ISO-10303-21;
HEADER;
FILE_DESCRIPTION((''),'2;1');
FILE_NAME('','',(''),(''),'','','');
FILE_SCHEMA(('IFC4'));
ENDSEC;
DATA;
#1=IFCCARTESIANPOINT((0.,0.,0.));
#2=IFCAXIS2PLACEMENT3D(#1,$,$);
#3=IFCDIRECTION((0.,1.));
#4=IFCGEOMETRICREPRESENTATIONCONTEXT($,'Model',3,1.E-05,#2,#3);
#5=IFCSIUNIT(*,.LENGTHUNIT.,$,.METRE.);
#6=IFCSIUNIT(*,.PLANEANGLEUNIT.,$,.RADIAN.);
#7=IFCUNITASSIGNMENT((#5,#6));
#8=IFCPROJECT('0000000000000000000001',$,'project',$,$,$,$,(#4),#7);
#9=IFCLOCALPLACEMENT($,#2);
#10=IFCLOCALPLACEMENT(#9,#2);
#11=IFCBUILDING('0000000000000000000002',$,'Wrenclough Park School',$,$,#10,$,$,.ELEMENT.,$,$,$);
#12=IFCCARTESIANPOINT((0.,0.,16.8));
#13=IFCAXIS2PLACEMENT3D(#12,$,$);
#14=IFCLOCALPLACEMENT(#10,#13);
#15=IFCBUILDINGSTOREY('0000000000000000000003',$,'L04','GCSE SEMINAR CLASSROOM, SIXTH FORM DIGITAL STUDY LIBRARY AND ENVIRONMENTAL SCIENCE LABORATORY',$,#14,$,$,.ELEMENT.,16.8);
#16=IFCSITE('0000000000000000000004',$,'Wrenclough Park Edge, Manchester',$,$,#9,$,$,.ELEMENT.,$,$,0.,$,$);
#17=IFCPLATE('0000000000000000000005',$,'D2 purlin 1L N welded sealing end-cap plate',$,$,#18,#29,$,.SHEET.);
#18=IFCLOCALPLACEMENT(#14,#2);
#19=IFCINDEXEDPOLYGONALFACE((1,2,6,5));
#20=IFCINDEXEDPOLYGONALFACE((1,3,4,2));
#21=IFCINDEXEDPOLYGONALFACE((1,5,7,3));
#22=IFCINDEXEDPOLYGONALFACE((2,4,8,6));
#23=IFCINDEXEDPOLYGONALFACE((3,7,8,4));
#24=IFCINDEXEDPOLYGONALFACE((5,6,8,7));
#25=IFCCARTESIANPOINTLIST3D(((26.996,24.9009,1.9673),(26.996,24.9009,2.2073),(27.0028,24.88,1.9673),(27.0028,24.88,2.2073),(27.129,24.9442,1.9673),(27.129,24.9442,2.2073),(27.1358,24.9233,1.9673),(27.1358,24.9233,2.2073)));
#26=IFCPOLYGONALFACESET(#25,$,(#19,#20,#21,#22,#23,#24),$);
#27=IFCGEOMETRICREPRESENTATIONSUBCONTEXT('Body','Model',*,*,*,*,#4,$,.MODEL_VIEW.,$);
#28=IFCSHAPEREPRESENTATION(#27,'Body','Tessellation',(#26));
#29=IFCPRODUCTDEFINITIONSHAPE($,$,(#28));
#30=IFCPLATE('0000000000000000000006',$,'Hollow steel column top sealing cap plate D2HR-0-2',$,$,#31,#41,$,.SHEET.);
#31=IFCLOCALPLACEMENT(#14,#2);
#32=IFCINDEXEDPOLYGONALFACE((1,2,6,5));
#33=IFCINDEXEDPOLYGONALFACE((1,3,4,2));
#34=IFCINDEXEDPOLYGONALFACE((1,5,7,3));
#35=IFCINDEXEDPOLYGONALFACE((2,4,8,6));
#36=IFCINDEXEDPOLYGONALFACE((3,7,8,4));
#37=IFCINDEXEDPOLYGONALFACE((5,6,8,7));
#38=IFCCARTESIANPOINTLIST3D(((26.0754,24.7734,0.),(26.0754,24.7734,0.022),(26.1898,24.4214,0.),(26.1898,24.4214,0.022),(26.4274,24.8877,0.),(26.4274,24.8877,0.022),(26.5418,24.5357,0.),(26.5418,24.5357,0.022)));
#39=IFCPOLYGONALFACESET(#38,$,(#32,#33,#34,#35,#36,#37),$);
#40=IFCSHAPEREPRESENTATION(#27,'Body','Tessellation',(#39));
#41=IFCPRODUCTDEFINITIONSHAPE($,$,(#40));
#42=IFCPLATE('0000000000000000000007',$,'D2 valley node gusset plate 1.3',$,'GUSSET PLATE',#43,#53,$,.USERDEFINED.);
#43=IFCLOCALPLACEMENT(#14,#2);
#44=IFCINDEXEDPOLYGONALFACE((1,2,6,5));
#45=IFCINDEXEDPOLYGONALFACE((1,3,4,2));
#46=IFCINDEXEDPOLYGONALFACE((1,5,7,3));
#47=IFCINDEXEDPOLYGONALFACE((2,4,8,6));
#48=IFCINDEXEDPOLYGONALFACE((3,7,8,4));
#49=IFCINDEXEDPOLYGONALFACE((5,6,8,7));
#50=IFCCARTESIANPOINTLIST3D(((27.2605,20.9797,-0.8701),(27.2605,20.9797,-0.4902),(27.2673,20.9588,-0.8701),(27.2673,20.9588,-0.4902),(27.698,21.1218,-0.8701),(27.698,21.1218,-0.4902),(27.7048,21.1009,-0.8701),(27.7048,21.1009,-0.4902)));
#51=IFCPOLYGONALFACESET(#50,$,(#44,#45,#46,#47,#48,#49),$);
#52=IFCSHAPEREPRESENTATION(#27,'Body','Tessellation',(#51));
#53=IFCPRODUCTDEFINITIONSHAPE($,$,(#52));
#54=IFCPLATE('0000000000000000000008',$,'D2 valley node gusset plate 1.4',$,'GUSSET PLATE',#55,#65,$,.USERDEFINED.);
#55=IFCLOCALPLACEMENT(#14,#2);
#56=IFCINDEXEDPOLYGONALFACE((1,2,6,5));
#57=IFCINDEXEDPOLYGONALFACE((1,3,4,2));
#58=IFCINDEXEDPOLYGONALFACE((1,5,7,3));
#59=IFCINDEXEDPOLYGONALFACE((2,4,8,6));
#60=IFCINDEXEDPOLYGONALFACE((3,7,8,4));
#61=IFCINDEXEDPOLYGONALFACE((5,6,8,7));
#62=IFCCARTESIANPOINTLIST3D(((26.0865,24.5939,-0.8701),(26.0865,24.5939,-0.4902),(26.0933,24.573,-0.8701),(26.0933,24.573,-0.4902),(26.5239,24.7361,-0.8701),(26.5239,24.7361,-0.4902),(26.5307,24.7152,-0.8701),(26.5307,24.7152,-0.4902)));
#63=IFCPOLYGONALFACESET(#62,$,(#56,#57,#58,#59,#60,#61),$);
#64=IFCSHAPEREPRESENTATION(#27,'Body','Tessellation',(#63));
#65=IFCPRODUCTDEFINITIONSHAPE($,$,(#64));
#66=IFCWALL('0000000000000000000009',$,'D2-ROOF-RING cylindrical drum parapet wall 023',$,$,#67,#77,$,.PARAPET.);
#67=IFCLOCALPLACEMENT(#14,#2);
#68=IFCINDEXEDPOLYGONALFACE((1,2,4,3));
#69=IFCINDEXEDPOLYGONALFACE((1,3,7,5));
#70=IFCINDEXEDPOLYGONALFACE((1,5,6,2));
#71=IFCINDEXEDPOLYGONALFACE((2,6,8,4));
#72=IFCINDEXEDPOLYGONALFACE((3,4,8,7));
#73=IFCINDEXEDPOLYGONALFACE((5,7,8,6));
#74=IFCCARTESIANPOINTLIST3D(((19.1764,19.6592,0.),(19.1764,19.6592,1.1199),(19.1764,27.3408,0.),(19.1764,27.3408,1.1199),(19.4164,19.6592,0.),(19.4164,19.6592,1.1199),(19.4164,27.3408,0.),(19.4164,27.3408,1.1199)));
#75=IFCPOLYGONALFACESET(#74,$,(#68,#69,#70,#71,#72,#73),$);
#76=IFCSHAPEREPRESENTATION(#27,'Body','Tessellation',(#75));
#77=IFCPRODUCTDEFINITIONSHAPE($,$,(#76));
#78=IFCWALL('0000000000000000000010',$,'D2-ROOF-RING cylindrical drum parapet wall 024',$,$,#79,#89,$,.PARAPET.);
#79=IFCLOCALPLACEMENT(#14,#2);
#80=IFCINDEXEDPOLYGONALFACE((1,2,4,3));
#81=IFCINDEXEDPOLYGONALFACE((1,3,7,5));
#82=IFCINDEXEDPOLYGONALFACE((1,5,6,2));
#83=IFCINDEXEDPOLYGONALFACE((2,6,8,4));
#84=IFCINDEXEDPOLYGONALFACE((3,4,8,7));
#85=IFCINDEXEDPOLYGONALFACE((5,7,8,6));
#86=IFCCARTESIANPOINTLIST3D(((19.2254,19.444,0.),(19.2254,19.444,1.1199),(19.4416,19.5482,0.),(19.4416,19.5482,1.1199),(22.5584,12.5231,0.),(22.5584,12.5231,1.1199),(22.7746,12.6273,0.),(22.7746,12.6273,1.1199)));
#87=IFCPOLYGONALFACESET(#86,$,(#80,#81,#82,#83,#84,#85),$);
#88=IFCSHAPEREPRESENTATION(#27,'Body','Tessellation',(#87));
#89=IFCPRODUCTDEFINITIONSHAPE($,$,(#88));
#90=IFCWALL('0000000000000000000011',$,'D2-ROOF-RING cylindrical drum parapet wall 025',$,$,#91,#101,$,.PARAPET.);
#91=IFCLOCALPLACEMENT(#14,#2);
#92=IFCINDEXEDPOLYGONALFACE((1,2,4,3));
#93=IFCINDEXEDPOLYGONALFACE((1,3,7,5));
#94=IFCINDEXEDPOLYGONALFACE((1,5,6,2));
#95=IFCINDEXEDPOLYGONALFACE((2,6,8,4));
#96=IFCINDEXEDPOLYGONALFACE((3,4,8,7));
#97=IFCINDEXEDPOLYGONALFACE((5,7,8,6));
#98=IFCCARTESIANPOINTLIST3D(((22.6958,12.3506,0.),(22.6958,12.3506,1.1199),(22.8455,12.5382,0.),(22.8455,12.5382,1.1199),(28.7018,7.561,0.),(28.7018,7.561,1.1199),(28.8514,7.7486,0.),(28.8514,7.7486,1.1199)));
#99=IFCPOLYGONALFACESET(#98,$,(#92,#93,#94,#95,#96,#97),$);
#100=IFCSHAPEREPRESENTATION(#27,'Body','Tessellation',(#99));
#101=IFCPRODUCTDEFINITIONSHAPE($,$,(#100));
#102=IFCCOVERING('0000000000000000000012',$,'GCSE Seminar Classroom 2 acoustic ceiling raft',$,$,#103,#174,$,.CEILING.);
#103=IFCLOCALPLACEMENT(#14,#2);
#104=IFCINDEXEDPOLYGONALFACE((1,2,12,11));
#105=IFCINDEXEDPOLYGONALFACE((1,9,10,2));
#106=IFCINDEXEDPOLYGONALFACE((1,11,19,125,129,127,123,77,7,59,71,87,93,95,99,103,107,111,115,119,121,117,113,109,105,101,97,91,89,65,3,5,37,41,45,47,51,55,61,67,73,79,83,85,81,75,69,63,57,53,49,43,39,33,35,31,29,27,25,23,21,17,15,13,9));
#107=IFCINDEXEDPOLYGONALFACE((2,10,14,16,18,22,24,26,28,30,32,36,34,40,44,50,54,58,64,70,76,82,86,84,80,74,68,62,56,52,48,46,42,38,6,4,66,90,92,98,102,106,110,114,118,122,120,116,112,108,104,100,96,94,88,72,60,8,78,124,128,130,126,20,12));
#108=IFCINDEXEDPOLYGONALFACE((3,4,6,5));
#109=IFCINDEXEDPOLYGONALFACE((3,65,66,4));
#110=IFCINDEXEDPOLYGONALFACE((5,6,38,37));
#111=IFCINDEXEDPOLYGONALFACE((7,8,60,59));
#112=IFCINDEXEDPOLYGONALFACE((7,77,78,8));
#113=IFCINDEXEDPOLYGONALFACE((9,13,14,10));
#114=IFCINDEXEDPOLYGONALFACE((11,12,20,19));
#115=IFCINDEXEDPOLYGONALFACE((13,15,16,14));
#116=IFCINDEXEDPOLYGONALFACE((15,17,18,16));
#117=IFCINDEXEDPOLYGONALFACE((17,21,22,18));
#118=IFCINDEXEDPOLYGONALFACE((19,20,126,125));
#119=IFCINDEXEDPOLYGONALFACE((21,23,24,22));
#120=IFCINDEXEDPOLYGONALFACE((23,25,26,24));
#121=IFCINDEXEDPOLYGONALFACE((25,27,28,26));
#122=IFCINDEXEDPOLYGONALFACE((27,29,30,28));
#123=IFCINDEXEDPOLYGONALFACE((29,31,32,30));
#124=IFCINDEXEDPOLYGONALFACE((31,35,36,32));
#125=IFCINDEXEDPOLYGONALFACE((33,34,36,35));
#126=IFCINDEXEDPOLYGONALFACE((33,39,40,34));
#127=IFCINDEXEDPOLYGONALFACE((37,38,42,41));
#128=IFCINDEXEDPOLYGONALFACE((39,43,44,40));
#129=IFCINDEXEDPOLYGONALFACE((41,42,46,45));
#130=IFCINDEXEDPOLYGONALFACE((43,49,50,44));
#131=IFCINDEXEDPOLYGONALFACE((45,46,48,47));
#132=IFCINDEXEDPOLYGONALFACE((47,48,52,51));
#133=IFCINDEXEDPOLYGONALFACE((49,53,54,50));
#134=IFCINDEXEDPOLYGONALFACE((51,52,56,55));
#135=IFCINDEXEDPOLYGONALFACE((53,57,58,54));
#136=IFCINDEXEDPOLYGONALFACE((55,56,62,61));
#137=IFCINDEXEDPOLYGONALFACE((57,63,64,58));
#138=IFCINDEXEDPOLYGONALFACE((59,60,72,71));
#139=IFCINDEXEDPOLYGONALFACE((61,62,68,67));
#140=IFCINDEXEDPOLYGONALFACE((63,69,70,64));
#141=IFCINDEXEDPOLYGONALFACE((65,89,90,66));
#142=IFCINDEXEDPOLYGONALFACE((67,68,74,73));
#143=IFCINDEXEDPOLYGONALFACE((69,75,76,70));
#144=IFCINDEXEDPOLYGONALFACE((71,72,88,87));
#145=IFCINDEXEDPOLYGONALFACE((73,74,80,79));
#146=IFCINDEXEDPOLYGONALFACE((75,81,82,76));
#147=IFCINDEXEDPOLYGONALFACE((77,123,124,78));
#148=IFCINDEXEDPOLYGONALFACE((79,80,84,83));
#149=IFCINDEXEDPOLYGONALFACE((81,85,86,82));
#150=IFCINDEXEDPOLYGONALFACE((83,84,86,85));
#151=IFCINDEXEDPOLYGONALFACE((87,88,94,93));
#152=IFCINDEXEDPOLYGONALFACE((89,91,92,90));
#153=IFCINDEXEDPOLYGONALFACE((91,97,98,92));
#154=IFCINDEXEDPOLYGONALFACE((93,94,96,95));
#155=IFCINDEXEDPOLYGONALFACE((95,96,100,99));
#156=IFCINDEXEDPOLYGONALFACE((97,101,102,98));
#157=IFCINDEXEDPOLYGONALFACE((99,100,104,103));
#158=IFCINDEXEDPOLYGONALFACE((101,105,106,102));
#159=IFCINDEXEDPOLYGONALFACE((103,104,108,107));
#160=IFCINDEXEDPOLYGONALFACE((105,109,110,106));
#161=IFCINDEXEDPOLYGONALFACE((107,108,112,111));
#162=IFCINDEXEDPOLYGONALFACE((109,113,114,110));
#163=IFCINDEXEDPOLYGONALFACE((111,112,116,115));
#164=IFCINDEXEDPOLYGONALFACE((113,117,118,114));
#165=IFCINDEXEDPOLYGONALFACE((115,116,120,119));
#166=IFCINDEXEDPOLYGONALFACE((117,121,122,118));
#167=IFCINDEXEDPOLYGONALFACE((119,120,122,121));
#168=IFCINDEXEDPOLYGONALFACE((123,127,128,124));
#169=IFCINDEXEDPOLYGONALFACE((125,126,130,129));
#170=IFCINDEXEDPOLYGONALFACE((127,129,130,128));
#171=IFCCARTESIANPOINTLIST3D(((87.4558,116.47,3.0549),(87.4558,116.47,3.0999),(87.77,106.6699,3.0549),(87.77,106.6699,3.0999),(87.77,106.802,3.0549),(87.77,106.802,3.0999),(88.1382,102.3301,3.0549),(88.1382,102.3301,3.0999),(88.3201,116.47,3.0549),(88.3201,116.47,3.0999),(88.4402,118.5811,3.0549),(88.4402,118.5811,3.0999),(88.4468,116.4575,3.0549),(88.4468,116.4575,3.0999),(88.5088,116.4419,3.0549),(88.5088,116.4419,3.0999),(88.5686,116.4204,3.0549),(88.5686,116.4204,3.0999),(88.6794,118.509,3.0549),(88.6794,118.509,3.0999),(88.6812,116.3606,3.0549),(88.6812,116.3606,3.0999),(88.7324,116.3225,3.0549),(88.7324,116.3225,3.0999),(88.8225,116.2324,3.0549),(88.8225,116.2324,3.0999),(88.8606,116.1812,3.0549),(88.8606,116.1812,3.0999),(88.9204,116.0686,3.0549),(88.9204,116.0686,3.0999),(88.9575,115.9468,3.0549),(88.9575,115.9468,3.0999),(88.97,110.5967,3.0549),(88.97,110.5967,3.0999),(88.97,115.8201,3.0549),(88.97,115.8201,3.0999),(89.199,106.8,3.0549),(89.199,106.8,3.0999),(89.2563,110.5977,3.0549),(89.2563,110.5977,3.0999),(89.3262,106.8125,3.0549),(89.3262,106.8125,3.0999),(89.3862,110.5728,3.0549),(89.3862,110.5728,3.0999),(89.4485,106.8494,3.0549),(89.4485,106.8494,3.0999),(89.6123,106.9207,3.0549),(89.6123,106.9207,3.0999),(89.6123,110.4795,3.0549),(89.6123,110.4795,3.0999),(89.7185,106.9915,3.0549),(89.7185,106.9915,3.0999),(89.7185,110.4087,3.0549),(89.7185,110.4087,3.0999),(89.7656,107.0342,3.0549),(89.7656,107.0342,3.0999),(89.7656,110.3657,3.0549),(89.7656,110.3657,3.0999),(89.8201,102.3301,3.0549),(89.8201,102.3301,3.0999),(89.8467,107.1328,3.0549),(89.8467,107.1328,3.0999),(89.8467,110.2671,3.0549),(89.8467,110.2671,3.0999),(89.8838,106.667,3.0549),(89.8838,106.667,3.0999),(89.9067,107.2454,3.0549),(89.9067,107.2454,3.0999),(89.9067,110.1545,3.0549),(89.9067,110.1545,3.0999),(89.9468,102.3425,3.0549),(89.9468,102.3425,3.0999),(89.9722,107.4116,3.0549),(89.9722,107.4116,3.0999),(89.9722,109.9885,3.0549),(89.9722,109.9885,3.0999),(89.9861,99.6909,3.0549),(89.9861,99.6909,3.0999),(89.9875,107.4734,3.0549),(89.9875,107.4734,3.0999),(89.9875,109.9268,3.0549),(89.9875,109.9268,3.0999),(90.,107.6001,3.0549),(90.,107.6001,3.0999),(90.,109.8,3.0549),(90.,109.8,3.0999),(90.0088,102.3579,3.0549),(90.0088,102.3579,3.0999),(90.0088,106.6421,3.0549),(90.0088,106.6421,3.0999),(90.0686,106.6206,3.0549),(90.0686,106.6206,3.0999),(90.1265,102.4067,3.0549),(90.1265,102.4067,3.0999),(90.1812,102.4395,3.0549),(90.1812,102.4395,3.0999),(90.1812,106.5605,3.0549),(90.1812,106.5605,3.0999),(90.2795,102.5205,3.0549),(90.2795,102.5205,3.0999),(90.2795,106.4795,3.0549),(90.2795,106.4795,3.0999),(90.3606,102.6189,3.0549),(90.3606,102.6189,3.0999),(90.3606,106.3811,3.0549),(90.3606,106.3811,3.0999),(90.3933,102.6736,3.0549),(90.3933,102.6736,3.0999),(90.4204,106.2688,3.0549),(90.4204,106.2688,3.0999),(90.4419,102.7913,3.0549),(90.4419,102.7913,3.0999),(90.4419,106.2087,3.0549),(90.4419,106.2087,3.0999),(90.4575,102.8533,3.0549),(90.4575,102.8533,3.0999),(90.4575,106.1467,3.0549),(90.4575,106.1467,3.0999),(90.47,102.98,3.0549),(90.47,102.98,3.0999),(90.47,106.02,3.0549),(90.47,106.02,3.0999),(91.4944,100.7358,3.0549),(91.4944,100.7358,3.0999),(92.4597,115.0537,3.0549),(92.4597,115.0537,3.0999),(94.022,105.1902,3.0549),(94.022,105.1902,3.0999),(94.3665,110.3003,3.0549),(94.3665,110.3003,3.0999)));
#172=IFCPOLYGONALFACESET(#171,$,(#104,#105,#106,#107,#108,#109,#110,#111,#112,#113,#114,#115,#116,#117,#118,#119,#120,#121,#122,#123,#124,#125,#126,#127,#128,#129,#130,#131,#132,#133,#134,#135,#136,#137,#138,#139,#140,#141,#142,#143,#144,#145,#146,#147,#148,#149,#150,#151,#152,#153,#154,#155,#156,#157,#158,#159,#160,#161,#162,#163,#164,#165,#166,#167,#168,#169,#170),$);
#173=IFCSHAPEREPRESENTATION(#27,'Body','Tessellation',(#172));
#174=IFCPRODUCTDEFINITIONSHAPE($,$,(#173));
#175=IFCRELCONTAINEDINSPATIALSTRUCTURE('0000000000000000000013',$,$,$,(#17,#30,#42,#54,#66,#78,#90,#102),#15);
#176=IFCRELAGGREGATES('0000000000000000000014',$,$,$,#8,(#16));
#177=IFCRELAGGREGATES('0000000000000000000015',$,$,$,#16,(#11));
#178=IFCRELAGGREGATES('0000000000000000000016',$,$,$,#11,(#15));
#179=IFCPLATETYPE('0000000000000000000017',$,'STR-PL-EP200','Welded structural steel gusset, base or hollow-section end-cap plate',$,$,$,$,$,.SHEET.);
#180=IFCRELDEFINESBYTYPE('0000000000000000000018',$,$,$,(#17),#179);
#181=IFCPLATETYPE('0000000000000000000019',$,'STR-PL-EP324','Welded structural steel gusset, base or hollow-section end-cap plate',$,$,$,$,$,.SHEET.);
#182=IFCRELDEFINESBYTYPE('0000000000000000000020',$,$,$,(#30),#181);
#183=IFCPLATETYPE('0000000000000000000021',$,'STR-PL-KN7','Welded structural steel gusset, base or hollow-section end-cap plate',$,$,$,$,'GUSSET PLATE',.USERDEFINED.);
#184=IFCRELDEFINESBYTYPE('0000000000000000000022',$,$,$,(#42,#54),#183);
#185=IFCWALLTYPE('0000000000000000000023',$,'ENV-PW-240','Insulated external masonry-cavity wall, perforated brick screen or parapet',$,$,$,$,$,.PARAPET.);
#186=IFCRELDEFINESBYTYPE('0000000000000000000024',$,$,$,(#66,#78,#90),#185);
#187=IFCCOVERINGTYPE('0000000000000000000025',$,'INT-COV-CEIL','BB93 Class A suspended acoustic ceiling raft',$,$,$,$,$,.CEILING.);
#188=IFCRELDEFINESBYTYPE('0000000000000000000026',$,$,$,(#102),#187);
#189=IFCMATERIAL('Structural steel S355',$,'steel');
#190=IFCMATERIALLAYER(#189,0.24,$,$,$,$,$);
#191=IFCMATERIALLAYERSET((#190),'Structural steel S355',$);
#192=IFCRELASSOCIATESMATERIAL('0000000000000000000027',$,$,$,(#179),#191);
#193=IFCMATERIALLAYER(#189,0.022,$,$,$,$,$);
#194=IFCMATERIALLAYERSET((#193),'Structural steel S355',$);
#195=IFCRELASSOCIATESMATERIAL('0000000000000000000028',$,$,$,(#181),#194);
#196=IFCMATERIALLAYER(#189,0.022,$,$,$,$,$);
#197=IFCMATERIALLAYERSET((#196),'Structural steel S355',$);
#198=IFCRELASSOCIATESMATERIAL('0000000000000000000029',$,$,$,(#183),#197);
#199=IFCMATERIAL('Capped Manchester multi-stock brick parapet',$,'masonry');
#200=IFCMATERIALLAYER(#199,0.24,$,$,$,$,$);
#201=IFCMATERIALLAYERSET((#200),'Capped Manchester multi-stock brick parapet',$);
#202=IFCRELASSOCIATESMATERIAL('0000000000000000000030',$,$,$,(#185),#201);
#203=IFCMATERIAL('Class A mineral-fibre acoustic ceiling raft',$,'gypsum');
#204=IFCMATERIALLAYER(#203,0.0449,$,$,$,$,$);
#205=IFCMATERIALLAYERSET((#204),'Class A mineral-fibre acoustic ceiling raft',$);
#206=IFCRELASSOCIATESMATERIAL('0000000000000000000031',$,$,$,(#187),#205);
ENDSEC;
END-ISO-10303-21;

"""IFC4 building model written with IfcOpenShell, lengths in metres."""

from ifc_helpers import new_model, si_unit, direction, frame, frame_2d, origin, origin_2d, place, context, subcontext, project, spatial, polyline, rectangle, outline, extrude, material, layer, layer_set, type_object, element, save


model = new_model("IFC4")

# Units and contexts
model_context = context("Model", 3, precision=1e-05, world=origin(), true_north=direction((0.0, 1.0)))
body_context = subcontext(model_context, "Body", "Model", "MODEL_VIEW")
ifc_project = project(units=[si_unit("LENGTHUNIT", "METRE"), si_unit("PLANEANGLEUNIT", "RADIAN")], contexts=[model_context])

# Site, building, storey
site_placement = place(None, origin())
site = spatial("IfcSite", under=ifc_project, at=site_placement, Name="Wrenclough Park Edge, Manchester", CompositionType="ELEMENT", RefElevation=0.0)
building_placement = place(site_placement, origin())
building = spatial("IfcBuilding", under=site, at=building_placement, Name="Wrenclough Park School", CompositionType="ELEMENT")
storey_placement = place(building_placement, frame((0.0, 0.0, 16.8)))
storey = spatial("IfcBuildingStorey", under=building, at=storey_placement, Name="L04", Description="GCSE SEMINAR CLASSROOM, SIXTH FORM DIGITAL STUDY LIBRARY AND ENVIRONMENTAL SCIENCE LABORATORY", CompositionType="ELEMENT", Elevation=16.8)

# Shared definitions
ifc_material_1 = material(Name="Structural steel S355", Category="steel")

# Plates
ifc_layer_1 = layer(ifc_material_1, 0.24)
ifc_layer_set_1 = layer_set([ifc_layer_1], Name="Structural steel S355")
plate_type_1 = type_object("IfcPlateType", Name="STR-PL-EP200", Description="Welded structural steel gusset, base or hollow-section end-cap plate", PredefinedType="SHEET", material=ifc_layer_set_1)
plate_1_placement = place(storey_placement, frame((27.0659, 24.9121, 1.9673), z_axis=(0.0, 0.0, 1.0), x_axis=(-0.309017, 0.951057, 0.0)))
element("IfcPlate", 1, at=plate_1_placement, inside=storey, type_object=plate_type_1, Name="D2 purlin 1L N welded sealing end-cap plate", PredefinedType="SHEET", context=body_context, shape_type="SweptSolid", body=[
    extrude(rectangle(XDim=0.022, YDim=0.1399, at=origin_2d()), origin(), (0.0, 0.0, 1.0), 0.24),
])
ifc_layer_2 = layer(ifc_material_1, 0.022)
ifc_layer_set_2 = layer_set([ifc_layer_2], Name="Structural steel S355")
plate_type_2 = type_object("IfcPlateType", Name="STR-PL-EP324", Description="Welded structural steel gusset, base or hollow-section end-cap plate", PredefinedType="SHEET", material=ifc_layer_set_2)
plate_2_placement = place(storey_placement, frame((26.3086, 24.6545, 0.0), z_axis=(0.0, 0.0, 1.0), x_axis=(0.951057, 0.309017, 0.0)))
element("IfcPlate", 2, at=plate_2_placement, inside=storey, type_object=plate_type_2, Name="Hollow steel column top sealing cap plate D2HR-0-2", PredefinedType="SHEET", context=body_context, shape_type="SweptSolid", body=[
    extrude(rectangle(XDim=0.3701, YDim=0.3701, at=origin_2d()), origin(), (0.0, 0.0, 1.0), 0.022),
])
ifc_layer_3 = layer(ifc_material_1, 0.022)
ifc_layer_set_3 = layer_set([ifc_layer_3], Name="Structural steel S355")
plate_type_3 = type_object("IfcPlateType", Name="STR-PL-KN7", Description="Welded structural steel gusset, base or hollow-section end-cap plate", ElementType="GUSSET PLATE", PredefinedType="USERDEFINED", material=ifc_layer_set_3)
for number, where, z_axis, x_axis, name in (
    (3, (27.4827, 21.0403, -0.8701), (0.0, 0.0, 1.0), (0.951057, 0.309017, 0.0), "D2 valley node gusset plate 1.3"),
    (4, (26.3086, 24.6545, -0.8701), (0.0, 0.0, 1.0), (0.951057, 0.309017, 0.0), "D2 valley node gusset plate 1.4"),
):
    element("IfcPlate", number, at=place(storey_placement, frame(where, z_axis=z_axis, x_axis=x_axis)), inside=storey, type_object=plate_type_3, Name=name, ObjectType="GUSSET PLATE", PredefinedType="USERDEFINED", context=body_context, shape_type="SweptSolid", body=[
        extrude(rectangle(XDim=0.46, YDim=0.022, at=origin_2d()), origin(), (0.0, 0.0, 1.0), 0.3799),
    ])

# Walls
ifc_material_2 = material(Name="Capped Manchester multi-stock brick parapet", Category="masonry")
ifc_layer_4 = layer(ifc_material_2, 0.24)
ifc_layer_set_4 = layer_set([ifc_layer_4], Name="Capped Manchester multi-stock brick parapet")
wall_type = type_object("IfcWallType", Name="ENV-PW-240", Description="Insulated external masonry-cavity wall, perforated brick screen or parapet", PredefinedType="PARAPET", material=ifc_layer_set_4)
for number, where, z_axis, x_axis, name in (
    (5, (19.2964, 27.3408, 0.0), (0.0, 0.0, 1.0), (0.0, -1.0, 0.0), "D2-ROOF-RING cylindrical drum parapet wall 023"),
    (6, (19.3335, 19.4961, 0.0), (0.0, 0.0, 1.0), (0.433892, -0.900965, 0.0), "D2-ROOF-RING cylindrical drum parapet wall 024"),
):
    element("IfcWall", number, at=place(storey_placement, frame(where, z_axis=z_axis, x_axis=x_axis)), inside=storey, type_object=wall_type, Name=name, PredefinedType="PARAPET", context=body_context, shape_type="SweptSolid", body=[
        extrude(rectangle(XDim=7.6816, YDim=0.24, at=frame_2d((3.8408, 0.0))), origin(), (0.0, 0.0, 1.0), 1.1199),
    ])
wall_placement = place(storey_placement, frame((22.7708, 12.4443, 0.0), z_axis=(0.0, 0.0, 1.0), x_axis=(0.781829, -0.623493, 0.0)))
element("IfcWall", 7, at=wall_placement, inside=storey, type_object=wall_type, Name="D2-ROOF-RING cylindrical drum parapet wall 025", PredefinedType="PARAPET", context=body_context, shape_type="SweptSolid", body=[
    extrude(rectangle(XDim=7.6819, YDim=0.24, at=frame_2d((3.8408, 0.0))), origin(), (0.0, 0.0, 1.0), 1.1199),
])

# Covering
ifc_material_3 = material(Name="Class A mineral-fibre acoustic ceiling raft", Category="gypsum")
ifc_layer_5 = layer(ifc_material_3, 0.0449)
ifc_layer_set_5 = layer_set([ifc_layer_5], Name="Class A mineral-fibre acoustic ceiling raft")
covering_type_1 = type_object("IfcCoveringType", Name="INT-COV-CEIL", Description="BB93 Class A suspended acoustic ceiling raft", PredefinedType="CEILING", material=ifc_layer_set_5)
covering_1_placement = place(storey_placement, frame((0.0, 0.0, 3.0549)))
element("IfcCovering", 8, at=covering_1_placement, inside=storey, type_object=covering_type_1, Name="GCSE Seminar Classroom 2 acoustic ceiling raft", PredefinedType="CEILING", context=body_context, shape_type="SweptSolid", body=[
    extrude(outline(polyline([(89.199, 106.8), (87.77, 106.802), (87.77, 106.6699), (89.8838, 106.667), (90.0088, 106.6421), (90.0686, 106.6206), (90.1812, 106.5605), (90.2795, 106.4795), (90.3606, 106.3811), (90.4204, 106.2688), (90.4419, 106.2087), (90.4575, 106.1467), (90.47, 106.02), (90.47, 102.98), (90.4575, 102.8533), (90.4419, 102.7913), (90.3933, 102.6736), (90.3606, 102.6189), (90.2795, 102.5205), (90.1812, 102.4395), (90.1265, 102.4067), (90.0088, 102.3579), (89.9468, 102.3425), (89.8201, 102.3301), (88.1382, 102.3301), (89.9861, 99.6909), (91.4944, 100.7358), (94.022, 105.1902), (94.3665, 110.3003), (92.4597, 115.0537), (88.6794, 118.509), (88.4402, 118.5811), (87.4558, 116.47), (88.3201, 116.47), (88.4468, 116.4575), (88.5088, 116.4419), (88.5686, 116.4204), (88.6812, 116.3606), (88.7324, 116.3225), (88.8225, 116.2324), (88.8606, 116.1812), (88.9204, 116.0686), (88.9575, 115.9468), (88.97, 115.8201), (88.97, 110.5967), (89.2563, 110.5977), (89.3862, 110.5728), (89.6123, 110.4795), (89.7185, 110.4087), (89.7656, 110.3657), (89.8467, 110.2671), (89.9067, 110.1545), (89.9722, 109.9885), (89.9875, 109.9268), (90.0, 109.8), (90.0, 107.6001), (89.9875, 107.4734), (89.9722, 107.4116), (89.9067, 107.2454), (89.8467, 107.1328), (89.7656, 107.0342), (89.7185, 106.9915), (89.6123, 106.9207), (89.4485, 106.8494), (89.3262, 106.8125), (89.199, 106.8)])), origin(), (0.0, 0.0, 1.0), 0.0449),
])

save(model, "model.ifc")
